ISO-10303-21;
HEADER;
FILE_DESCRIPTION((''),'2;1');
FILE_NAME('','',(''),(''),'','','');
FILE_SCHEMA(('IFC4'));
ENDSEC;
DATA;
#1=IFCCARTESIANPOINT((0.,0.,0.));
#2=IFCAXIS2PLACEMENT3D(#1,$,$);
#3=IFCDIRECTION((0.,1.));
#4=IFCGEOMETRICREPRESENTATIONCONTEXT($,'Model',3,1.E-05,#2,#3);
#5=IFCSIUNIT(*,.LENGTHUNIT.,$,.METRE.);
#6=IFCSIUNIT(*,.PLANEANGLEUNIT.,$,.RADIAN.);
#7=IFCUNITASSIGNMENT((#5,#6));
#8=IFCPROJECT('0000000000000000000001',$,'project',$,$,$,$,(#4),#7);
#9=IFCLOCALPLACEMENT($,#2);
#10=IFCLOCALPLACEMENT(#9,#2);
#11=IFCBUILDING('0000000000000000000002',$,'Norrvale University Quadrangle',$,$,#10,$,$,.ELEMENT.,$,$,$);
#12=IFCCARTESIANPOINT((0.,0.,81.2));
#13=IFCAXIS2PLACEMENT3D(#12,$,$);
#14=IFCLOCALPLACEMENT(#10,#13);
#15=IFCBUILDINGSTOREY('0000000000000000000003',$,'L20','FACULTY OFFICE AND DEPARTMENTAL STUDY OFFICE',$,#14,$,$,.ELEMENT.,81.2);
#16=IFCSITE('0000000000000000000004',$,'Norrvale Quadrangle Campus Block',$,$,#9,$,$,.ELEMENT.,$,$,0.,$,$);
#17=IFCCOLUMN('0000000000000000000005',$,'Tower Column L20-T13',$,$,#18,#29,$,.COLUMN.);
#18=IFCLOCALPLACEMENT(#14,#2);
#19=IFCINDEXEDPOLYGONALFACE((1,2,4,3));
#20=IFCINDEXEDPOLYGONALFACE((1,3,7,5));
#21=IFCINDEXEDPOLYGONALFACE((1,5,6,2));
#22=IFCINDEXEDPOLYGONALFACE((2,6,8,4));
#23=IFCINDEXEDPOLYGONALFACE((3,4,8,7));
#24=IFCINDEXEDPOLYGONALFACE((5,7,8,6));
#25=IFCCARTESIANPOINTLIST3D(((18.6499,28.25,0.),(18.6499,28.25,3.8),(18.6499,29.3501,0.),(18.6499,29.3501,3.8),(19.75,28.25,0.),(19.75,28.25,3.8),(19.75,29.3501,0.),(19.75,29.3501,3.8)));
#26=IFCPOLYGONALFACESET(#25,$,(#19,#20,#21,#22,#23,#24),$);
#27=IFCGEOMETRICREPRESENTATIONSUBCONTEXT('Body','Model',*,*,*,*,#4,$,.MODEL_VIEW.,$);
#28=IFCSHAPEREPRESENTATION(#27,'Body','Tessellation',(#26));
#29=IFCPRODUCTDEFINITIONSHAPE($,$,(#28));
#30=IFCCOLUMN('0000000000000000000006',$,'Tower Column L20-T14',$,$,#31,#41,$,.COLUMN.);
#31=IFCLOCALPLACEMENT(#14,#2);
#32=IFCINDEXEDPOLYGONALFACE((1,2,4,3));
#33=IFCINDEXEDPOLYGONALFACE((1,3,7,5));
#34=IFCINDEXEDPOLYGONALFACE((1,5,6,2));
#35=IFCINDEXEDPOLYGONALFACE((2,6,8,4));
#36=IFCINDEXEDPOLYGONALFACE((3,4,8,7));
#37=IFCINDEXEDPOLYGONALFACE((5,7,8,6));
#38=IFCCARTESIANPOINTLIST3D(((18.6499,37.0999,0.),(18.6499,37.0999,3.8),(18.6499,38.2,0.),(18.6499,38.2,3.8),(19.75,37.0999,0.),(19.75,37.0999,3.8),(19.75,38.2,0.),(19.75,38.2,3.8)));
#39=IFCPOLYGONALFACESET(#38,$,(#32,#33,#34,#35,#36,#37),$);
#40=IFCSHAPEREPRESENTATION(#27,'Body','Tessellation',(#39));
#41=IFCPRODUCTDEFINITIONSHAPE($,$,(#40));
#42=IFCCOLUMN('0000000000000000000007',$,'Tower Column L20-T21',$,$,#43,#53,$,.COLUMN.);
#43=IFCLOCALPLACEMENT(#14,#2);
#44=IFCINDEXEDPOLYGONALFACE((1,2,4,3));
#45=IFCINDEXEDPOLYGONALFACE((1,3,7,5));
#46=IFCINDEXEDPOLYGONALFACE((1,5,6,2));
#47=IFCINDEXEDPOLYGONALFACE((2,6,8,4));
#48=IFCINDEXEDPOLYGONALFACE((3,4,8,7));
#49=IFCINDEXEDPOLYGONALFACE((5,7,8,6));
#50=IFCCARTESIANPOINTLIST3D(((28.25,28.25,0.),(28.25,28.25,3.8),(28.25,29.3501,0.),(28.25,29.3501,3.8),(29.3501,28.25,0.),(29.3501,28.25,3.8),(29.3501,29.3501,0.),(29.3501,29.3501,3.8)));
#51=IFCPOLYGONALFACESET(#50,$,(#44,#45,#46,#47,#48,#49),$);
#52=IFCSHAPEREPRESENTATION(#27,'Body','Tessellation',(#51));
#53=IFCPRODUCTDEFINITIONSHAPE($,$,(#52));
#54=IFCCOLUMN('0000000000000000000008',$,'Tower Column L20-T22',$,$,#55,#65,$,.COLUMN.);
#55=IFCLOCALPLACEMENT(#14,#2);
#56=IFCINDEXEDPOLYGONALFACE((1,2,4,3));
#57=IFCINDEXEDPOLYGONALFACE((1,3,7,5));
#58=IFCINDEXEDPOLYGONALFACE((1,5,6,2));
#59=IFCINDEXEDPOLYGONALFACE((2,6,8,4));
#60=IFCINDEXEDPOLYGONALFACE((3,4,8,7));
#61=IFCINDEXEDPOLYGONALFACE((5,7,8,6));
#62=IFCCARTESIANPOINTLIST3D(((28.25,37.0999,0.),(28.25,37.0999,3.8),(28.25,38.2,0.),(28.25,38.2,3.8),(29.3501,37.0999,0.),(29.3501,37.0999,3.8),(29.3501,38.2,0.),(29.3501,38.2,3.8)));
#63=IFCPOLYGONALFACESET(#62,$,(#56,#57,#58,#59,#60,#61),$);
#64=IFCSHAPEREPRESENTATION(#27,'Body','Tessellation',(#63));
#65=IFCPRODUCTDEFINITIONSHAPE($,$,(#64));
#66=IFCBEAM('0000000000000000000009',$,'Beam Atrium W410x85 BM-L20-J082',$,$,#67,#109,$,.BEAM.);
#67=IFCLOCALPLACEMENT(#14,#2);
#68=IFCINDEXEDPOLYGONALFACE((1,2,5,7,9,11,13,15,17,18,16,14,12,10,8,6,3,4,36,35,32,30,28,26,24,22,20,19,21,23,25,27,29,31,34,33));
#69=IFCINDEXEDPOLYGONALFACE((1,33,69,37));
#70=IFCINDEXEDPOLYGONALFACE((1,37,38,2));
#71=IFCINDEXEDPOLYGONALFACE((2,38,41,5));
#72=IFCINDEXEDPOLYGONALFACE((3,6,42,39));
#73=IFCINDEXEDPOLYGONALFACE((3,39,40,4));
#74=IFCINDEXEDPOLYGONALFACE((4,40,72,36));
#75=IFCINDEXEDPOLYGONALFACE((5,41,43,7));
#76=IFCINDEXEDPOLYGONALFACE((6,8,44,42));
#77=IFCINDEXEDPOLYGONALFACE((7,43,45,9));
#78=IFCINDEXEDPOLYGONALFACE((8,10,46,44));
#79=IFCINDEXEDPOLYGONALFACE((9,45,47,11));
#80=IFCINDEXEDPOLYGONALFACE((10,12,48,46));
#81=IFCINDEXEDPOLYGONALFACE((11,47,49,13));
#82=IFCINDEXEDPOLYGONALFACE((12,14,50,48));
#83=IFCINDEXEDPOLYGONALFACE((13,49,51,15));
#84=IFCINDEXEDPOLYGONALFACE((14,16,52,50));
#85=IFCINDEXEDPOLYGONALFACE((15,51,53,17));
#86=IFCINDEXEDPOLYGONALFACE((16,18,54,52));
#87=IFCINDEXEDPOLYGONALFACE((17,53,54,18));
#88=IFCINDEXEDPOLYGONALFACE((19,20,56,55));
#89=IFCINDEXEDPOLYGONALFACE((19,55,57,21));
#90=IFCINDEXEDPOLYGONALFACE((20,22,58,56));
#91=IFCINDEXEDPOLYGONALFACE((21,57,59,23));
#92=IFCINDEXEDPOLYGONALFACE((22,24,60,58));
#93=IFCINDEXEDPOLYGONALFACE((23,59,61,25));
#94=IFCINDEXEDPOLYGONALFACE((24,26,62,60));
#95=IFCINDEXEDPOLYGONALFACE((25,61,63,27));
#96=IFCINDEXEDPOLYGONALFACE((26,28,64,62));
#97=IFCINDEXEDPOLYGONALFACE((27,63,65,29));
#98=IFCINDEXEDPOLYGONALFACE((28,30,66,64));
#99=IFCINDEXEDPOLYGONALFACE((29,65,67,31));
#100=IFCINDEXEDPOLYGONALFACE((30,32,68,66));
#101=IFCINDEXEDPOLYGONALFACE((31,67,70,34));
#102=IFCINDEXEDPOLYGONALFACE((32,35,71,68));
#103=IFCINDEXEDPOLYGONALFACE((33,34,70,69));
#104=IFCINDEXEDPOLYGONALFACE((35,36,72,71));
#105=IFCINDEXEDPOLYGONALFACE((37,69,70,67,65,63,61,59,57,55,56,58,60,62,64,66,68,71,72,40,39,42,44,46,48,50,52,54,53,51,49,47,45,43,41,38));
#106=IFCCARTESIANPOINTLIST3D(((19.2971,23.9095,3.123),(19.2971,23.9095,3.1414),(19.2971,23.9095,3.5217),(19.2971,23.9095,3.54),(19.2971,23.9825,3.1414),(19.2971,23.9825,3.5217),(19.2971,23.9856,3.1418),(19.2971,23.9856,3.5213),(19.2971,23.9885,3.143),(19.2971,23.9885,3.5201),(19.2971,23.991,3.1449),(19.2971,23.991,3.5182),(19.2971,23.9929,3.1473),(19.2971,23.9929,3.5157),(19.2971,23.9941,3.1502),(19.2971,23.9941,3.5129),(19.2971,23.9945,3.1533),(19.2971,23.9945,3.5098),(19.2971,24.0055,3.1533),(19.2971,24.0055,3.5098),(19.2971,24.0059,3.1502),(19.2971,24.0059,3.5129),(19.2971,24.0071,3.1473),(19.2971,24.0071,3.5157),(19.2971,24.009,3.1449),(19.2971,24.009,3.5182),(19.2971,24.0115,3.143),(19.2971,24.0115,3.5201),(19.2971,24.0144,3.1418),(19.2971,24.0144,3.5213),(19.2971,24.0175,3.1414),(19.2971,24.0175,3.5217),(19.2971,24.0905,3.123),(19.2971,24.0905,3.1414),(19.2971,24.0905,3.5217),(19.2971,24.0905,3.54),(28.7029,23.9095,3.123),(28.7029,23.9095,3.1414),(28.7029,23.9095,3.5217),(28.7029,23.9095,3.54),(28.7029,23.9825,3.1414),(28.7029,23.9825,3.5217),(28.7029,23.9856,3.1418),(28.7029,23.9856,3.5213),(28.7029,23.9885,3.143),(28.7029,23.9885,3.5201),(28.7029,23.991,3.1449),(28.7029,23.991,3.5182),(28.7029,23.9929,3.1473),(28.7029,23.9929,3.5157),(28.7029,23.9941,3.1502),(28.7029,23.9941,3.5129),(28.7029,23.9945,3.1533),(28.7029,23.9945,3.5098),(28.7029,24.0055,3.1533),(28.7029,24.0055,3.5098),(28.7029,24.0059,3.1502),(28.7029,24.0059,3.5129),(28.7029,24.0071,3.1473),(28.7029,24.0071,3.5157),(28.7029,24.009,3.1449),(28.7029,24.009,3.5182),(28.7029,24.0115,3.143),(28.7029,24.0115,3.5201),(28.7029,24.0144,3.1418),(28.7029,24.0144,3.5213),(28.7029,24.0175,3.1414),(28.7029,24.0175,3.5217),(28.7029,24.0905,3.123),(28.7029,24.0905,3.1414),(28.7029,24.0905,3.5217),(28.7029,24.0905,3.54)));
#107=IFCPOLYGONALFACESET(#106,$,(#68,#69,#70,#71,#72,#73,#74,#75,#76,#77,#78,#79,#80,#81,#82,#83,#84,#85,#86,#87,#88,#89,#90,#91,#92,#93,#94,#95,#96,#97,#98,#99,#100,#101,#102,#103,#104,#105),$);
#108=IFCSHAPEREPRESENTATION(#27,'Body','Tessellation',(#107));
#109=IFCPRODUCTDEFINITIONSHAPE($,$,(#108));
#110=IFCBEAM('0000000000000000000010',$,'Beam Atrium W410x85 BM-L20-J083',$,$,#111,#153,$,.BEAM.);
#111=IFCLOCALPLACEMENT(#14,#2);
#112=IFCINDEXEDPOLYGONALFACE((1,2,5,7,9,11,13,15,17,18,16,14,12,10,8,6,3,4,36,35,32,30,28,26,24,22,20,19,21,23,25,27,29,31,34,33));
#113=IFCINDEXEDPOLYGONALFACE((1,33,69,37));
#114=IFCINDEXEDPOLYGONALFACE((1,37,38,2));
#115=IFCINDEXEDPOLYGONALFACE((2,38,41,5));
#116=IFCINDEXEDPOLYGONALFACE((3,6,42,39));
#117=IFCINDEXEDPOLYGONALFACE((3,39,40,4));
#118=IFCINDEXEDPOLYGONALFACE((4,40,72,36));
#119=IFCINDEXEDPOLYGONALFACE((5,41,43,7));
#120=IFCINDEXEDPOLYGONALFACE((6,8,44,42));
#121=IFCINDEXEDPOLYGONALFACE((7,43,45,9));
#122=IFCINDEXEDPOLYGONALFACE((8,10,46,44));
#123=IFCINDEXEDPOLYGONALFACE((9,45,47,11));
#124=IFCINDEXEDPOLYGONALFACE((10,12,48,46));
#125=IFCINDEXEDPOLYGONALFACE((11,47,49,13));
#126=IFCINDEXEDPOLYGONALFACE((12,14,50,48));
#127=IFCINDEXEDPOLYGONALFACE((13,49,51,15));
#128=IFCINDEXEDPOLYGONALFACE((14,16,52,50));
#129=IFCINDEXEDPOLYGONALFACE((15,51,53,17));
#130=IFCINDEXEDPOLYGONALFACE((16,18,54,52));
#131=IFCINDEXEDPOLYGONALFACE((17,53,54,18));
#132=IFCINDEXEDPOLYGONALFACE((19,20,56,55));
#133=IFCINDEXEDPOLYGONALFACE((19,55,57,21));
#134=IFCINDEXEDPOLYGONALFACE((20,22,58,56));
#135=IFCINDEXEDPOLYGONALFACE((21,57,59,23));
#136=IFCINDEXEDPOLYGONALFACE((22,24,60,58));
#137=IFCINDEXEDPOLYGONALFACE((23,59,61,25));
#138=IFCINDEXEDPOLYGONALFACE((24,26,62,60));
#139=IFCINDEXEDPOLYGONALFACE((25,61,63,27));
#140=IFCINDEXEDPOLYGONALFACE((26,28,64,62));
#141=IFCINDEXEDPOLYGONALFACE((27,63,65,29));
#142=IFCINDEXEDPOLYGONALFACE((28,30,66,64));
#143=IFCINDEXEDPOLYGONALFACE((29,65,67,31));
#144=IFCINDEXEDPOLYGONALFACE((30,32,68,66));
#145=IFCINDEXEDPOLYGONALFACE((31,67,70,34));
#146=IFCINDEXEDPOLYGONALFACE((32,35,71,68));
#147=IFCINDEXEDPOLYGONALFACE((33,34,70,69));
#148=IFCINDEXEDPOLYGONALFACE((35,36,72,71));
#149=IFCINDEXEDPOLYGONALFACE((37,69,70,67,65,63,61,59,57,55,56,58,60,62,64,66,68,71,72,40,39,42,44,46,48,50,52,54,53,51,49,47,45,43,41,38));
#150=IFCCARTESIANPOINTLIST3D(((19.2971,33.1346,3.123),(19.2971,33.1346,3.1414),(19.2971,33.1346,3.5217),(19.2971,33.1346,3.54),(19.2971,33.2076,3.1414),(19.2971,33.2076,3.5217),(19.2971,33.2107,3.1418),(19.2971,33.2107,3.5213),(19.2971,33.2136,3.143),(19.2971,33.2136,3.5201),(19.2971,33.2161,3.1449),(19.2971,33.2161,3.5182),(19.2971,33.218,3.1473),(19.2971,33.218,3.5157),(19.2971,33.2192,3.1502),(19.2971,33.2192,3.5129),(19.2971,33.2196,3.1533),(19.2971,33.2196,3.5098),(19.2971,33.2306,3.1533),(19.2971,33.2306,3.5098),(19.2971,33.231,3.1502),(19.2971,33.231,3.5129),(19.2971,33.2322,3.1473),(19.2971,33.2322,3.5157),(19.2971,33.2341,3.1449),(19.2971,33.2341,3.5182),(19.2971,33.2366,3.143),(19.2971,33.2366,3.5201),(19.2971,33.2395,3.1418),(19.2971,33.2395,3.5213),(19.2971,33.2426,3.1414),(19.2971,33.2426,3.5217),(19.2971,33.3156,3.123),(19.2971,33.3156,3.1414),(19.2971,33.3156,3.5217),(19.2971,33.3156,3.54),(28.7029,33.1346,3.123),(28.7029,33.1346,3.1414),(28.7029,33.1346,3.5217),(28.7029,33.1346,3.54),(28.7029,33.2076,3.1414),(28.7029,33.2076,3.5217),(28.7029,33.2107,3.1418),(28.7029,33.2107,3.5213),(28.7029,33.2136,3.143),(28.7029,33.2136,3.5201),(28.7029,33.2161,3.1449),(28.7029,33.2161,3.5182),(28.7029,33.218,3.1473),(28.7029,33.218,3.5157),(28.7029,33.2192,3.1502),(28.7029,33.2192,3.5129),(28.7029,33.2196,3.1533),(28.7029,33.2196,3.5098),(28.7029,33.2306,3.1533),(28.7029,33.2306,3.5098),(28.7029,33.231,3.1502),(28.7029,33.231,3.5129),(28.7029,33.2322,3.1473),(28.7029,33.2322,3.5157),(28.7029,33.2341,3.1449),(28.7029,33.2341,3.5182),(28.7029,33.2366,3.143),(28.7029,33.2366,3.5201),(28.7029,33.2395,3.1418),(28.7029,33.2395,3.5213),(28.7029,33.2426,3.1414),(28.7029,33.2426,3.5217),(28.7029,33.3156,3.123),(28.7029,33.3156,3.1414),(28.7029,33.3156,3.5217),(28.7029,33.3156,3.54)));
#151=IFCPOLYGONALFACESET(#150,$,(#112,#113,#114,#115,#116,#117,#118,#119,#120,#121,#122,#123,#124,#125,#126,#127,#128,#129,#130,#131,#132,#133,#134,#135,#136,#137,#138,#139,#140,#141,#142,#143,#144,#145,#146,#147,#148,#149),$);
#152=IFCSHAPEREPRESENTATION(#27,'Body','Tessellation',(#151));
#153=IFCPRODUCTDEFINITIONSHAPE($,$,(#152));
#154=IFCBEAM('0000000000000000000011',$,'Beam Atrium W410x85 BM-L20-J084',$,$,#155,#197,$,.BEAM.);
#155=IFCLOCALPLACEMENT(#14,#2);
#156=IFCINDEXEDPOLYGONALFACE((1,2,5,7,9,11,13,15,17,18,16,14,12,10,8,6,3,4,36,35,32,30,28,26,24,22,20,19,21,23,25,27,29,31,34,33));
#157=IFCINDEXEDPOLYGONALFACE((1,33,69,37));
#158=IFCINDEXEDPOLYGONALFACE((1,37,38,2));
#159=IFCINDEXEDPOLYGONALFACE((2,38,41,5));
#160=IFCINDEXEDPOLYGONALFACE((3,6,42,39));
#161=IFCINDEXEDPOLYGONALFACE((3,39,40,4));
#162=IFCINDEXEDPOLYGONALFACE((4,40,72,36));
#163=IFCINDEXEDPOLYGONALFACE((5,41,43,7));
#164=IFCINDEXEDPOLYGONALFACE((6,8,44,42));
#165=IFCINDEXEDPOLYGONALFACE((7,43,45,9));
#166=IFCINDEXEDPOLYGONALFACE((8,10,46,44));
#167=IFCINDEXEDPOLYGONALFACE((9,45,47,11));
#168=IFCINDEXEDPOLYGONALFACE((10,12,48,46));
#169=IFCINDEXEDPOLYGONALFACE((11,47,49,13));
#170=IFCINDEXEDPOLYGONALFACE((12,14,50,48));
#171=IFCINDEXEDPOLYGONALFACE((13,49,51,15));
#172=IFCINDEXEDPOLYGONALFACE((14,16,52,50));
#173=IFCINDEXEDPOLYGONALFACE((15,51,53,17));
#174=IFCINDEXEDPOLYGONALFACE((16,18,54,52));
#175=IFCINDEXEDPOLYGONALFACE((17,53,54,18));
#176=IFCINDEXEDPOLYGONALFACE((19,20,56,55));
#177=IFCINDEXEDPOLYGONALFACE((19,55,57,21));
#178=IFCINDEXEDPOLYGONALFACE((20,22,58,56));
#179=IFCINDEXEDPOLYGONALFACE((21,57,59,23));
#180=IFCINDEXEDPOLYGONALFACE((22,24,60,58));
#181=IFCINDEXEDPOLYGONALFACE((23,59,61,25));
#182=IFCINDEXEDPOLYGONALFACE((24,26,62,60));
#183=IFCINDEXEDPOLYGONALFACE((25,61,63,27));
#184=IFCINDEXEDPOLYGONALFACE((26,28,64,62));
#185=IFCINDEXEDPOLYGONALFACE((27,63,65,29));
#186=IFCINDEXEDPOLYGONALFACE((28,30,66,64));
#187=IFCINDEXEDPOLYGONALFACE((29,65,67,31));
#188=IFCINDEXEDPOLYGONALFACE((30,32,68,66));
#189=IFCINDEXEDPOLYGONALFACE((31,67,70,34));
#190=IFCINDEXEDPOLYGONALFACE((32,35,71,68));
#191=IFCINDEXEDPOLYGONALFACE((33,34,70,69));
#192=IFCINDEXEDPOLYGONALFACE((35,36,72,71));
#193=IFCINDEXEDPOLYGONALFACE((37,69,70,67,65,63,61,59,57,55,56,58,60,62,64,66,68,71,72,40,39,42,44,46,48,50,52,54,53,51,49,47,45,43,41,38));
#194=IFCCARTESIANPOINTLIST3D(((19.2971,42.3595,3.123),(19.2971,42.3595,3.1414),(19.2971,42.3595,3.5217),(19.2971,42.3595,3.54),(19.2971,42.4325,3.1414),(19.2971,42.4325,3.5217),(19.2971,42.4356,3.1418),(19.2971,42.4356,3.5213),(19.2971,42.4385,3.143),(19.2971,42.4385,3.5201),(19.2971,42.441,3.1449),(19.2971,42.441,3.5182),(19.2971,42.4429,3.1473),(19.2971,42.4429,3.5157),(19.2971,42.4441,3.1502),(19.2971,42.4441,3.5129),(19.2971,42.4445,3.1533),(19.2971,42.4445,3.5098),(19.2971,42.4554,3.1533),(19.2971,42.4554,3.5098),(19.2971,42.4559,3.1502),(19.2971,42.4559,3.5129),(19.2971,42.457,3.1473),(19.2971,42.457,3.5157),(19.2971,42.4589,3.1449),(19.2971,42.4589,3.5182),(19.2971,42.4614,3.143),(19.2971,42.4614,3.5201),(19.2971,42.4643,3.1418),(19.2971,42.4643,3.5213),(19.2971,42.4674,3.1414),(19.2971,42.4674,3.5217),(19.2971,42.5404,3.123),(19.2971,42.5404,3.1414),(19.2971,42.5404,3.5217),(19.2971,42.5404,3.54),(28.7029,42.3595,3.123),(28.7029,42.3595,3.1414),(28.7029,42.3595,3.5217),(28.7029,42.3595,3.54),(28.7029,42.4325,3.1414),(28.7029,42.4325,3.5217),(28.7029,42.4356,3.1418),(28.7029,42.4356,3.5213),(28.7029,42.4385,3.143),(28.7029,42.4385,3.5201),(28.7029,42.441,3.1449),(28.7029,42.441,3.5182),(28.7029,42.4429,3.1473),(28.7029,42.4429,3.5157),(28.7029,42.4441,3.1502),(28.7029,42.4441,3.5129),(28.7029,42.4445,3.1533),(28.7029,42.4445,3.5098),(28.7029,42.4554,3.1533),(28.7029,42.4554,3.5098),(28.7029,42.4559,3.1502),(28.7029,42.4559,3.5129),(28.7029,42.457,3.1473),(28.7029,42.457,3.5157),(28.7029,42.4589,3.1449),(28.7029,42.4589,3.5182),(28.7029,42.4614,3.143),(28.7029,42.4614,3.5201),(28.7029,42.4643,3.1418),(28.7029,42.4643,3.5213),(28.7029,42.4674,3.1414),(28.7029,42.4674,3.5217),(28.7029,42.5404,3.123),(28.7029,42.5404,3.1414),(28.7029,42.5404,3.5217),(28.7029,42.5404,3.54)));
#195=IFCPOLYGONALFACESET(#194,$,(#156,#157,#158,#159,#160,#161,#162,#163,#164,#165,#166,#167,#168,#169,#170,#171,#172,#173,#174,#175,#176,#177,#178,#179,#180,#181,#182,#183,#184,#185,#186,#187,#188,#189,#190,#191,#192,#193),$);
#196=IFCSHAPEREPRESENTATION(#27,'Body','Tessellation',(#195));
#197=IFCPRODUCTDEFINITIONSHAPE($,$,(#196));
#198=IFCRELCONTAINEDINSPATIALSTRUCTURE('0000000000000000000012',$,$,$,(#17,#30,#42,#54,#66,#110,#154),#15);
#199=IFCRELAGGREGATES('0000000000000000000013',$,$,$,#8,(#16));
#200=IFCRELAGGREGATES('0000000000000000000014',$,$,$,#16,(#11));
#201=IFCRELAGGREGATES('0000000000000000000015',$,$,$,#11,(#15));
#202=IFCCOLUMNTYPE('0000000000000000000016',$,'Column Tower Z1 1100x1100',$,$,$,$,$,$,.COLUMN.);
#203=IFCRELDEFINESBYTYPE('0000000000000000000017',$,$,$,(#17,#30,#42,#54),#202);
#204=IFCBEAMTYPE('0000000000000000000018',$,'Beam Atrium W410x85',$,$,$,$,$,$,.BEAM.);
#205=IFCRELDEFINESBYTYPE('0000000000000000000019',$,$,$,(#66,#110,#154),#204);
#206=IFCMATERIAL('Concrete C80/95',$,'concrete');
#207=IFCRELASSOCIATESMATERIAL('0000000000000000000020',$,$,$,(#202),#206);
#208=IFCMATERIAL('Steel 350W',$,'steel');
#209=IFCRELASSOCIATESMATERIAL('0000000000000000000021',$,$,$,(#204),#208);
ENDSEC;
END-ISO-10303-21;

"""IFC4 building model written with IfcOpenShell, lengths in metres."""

from ifc_helpers import new_model, si_unit, direction, frame, origin, origin_2d, place, context, subcontext, project, spatial, rectangle, i_section, extrude, material, material_profile, profile_set, type_object, element, save


model = new_model("IFC4")

# Units and contexts
model_context = context("Model", 3, precision=1e-05, world=origin(), true_north=direction((0.0, 1.0)))
body_context = subcontext(model_context, "Body", "Model", "MODEL_VIEW")
ifc_project = project(units=[si_unit("LENGTHUNIT", "METRE"), si_unit("PLANEANGLEUNIT", "RADIAN")], contexts=[model_context])

# Site, building, storey
site_placement = place(None, origin())
site = spatial("IfcSite", under=ifc_project, at=site_placement, Name="Norrvale Quadrangle Campus Block", CompositionType="ELEMENT", RefElevation=0.0)
building_placement = place(site_placement, origin())
building = spatial("IfcBuilding", under=site, at=building_placement, Name="Norrvale University Quadrangle", CompositionType="ELEMENT")
storey_placement = place(building_placement, frame((0.0, 0.0, 81.2)))
storey = spatial("IfcBuildingStorey", under=building, at=storey_placement, Name="L20", Description="FACULTY OFFICE AND DEPARTMENTAL STUDY OFFICE", CompositionType="ELEMENT", Elevation=81.2)

# Columns
ifc_material_1 = material(Name="Concrete C80/95", Category="concrete")
ifc_material_profile_1 = material_profile(ifc_material_1, rectangle(XDim=1.1001, YDim=1.1001, at=origin_2d()), Name="Concrete C80/95")
ifc_profile_set_1 = profile_set([ifc_material_profile_1], Name="Concrete C80/95")
column_type = type_object("IfcColumnType", Name="Column Tower Z1 1100x1100", PredefinedType="COLUMN", material=ifc_profile_set_1)
for number, where, z_axis, x_axis, name in (
    (1, (19.2, 28.8, 0.0), (0.0, 0.0, 1.0), (1.0, 0.0, 0.0), "Tower Column L20-T13"),
    (2, (19.2, 37.6499, 0.0), (0.0, 0.0, 1.0), (1.0, 0.0, 0.0), "Tower Column L20-T14"),
    (3, (28.8, 28.8, 0.0), (0.0, 0.0, 1.0), (1.0, 0.0, 0.0), "Tower Column L20-T21"),
    (4, (28.8, 37.6499, 0.0), (0.0, 0.0, 1.0), (1.0, 0.0, 0.0), "Tower Column L20-T22"),
):
    element("IfcColumn", number, at=place(storey_placement, frame(where, z_axis=z_axis, x_axis=x_axis)), inside=storey, type_object=column_type, Name=name, PredefinedType="COLUMN", context=body_context, shape_type="SweptSolid", body=[
        extrude(rectangle(XDim=1.1001, YDim=1.1001, at=origin_2d()), origin(), (0.0, 0.0, 1.0), 3.8),
    ])

# Beams
ifc_material_2 = material(Name="Steel 350W", Category="steel")
ifc_material_profile_2 = material_profile(ifc_material_2, i_section(OverallWidth=0.1809, OverallDepth=0.417, WebThickness=0.011, FlangeThickness=0.0183, FilletRadius=0.012, at=origin_2d()), Name="Steel 350W")
ifc_profile_set_2 = profile_set([ifc_material_profile_2], Name="Steel 350W")
beam_type_1 = type_object("IfcBeamType", Name="Beam Atrium W410x85", PredefinedType="BEAM", material=ifc_profile_set_2)
for number, where, z_axis, x_axis, name in (
    (5, (19.2971, 24.0, 3.3315), (1.0, 0.0, 0.0), (0.0, 1.0, 0.0), "Beam Atrium W410x85 BM-L20-J082"),
    (6, (19.2971, 33.2251, 3.3315), (1.0, 0.0, 0.0), (0.0, 1.0, 0.0), "Beam Atrium W410x85 BM-L20-J083"),
    (7, (19.2971, 42.45, 3.3315), (1.0, 0.0, 0.0), (0.0, 1.0, 0.0), "Beam Atrium W410x85 BM-L20-J084"),
):
    element("IfcBeam", number, at=place(storey_placement, frame(where, z_axis=z_axis, x_axis=x_axis)), inside=storey, type_object=beam_type_1, Name=name, PredefinedType="BEAM", context=body_context, shape_type="SweptSolid", body=[
        extrude(i_section(OverallWidth=0.1809, OverallDepth=0.417, WebThickness=0.011, FlangeThickness=0.0183, FilletRadius=0.012, at=origin_2d()), origin(), (0.0, 0.0, 1.0), 9.4058),
    ])

save(model, "model.ifc")
